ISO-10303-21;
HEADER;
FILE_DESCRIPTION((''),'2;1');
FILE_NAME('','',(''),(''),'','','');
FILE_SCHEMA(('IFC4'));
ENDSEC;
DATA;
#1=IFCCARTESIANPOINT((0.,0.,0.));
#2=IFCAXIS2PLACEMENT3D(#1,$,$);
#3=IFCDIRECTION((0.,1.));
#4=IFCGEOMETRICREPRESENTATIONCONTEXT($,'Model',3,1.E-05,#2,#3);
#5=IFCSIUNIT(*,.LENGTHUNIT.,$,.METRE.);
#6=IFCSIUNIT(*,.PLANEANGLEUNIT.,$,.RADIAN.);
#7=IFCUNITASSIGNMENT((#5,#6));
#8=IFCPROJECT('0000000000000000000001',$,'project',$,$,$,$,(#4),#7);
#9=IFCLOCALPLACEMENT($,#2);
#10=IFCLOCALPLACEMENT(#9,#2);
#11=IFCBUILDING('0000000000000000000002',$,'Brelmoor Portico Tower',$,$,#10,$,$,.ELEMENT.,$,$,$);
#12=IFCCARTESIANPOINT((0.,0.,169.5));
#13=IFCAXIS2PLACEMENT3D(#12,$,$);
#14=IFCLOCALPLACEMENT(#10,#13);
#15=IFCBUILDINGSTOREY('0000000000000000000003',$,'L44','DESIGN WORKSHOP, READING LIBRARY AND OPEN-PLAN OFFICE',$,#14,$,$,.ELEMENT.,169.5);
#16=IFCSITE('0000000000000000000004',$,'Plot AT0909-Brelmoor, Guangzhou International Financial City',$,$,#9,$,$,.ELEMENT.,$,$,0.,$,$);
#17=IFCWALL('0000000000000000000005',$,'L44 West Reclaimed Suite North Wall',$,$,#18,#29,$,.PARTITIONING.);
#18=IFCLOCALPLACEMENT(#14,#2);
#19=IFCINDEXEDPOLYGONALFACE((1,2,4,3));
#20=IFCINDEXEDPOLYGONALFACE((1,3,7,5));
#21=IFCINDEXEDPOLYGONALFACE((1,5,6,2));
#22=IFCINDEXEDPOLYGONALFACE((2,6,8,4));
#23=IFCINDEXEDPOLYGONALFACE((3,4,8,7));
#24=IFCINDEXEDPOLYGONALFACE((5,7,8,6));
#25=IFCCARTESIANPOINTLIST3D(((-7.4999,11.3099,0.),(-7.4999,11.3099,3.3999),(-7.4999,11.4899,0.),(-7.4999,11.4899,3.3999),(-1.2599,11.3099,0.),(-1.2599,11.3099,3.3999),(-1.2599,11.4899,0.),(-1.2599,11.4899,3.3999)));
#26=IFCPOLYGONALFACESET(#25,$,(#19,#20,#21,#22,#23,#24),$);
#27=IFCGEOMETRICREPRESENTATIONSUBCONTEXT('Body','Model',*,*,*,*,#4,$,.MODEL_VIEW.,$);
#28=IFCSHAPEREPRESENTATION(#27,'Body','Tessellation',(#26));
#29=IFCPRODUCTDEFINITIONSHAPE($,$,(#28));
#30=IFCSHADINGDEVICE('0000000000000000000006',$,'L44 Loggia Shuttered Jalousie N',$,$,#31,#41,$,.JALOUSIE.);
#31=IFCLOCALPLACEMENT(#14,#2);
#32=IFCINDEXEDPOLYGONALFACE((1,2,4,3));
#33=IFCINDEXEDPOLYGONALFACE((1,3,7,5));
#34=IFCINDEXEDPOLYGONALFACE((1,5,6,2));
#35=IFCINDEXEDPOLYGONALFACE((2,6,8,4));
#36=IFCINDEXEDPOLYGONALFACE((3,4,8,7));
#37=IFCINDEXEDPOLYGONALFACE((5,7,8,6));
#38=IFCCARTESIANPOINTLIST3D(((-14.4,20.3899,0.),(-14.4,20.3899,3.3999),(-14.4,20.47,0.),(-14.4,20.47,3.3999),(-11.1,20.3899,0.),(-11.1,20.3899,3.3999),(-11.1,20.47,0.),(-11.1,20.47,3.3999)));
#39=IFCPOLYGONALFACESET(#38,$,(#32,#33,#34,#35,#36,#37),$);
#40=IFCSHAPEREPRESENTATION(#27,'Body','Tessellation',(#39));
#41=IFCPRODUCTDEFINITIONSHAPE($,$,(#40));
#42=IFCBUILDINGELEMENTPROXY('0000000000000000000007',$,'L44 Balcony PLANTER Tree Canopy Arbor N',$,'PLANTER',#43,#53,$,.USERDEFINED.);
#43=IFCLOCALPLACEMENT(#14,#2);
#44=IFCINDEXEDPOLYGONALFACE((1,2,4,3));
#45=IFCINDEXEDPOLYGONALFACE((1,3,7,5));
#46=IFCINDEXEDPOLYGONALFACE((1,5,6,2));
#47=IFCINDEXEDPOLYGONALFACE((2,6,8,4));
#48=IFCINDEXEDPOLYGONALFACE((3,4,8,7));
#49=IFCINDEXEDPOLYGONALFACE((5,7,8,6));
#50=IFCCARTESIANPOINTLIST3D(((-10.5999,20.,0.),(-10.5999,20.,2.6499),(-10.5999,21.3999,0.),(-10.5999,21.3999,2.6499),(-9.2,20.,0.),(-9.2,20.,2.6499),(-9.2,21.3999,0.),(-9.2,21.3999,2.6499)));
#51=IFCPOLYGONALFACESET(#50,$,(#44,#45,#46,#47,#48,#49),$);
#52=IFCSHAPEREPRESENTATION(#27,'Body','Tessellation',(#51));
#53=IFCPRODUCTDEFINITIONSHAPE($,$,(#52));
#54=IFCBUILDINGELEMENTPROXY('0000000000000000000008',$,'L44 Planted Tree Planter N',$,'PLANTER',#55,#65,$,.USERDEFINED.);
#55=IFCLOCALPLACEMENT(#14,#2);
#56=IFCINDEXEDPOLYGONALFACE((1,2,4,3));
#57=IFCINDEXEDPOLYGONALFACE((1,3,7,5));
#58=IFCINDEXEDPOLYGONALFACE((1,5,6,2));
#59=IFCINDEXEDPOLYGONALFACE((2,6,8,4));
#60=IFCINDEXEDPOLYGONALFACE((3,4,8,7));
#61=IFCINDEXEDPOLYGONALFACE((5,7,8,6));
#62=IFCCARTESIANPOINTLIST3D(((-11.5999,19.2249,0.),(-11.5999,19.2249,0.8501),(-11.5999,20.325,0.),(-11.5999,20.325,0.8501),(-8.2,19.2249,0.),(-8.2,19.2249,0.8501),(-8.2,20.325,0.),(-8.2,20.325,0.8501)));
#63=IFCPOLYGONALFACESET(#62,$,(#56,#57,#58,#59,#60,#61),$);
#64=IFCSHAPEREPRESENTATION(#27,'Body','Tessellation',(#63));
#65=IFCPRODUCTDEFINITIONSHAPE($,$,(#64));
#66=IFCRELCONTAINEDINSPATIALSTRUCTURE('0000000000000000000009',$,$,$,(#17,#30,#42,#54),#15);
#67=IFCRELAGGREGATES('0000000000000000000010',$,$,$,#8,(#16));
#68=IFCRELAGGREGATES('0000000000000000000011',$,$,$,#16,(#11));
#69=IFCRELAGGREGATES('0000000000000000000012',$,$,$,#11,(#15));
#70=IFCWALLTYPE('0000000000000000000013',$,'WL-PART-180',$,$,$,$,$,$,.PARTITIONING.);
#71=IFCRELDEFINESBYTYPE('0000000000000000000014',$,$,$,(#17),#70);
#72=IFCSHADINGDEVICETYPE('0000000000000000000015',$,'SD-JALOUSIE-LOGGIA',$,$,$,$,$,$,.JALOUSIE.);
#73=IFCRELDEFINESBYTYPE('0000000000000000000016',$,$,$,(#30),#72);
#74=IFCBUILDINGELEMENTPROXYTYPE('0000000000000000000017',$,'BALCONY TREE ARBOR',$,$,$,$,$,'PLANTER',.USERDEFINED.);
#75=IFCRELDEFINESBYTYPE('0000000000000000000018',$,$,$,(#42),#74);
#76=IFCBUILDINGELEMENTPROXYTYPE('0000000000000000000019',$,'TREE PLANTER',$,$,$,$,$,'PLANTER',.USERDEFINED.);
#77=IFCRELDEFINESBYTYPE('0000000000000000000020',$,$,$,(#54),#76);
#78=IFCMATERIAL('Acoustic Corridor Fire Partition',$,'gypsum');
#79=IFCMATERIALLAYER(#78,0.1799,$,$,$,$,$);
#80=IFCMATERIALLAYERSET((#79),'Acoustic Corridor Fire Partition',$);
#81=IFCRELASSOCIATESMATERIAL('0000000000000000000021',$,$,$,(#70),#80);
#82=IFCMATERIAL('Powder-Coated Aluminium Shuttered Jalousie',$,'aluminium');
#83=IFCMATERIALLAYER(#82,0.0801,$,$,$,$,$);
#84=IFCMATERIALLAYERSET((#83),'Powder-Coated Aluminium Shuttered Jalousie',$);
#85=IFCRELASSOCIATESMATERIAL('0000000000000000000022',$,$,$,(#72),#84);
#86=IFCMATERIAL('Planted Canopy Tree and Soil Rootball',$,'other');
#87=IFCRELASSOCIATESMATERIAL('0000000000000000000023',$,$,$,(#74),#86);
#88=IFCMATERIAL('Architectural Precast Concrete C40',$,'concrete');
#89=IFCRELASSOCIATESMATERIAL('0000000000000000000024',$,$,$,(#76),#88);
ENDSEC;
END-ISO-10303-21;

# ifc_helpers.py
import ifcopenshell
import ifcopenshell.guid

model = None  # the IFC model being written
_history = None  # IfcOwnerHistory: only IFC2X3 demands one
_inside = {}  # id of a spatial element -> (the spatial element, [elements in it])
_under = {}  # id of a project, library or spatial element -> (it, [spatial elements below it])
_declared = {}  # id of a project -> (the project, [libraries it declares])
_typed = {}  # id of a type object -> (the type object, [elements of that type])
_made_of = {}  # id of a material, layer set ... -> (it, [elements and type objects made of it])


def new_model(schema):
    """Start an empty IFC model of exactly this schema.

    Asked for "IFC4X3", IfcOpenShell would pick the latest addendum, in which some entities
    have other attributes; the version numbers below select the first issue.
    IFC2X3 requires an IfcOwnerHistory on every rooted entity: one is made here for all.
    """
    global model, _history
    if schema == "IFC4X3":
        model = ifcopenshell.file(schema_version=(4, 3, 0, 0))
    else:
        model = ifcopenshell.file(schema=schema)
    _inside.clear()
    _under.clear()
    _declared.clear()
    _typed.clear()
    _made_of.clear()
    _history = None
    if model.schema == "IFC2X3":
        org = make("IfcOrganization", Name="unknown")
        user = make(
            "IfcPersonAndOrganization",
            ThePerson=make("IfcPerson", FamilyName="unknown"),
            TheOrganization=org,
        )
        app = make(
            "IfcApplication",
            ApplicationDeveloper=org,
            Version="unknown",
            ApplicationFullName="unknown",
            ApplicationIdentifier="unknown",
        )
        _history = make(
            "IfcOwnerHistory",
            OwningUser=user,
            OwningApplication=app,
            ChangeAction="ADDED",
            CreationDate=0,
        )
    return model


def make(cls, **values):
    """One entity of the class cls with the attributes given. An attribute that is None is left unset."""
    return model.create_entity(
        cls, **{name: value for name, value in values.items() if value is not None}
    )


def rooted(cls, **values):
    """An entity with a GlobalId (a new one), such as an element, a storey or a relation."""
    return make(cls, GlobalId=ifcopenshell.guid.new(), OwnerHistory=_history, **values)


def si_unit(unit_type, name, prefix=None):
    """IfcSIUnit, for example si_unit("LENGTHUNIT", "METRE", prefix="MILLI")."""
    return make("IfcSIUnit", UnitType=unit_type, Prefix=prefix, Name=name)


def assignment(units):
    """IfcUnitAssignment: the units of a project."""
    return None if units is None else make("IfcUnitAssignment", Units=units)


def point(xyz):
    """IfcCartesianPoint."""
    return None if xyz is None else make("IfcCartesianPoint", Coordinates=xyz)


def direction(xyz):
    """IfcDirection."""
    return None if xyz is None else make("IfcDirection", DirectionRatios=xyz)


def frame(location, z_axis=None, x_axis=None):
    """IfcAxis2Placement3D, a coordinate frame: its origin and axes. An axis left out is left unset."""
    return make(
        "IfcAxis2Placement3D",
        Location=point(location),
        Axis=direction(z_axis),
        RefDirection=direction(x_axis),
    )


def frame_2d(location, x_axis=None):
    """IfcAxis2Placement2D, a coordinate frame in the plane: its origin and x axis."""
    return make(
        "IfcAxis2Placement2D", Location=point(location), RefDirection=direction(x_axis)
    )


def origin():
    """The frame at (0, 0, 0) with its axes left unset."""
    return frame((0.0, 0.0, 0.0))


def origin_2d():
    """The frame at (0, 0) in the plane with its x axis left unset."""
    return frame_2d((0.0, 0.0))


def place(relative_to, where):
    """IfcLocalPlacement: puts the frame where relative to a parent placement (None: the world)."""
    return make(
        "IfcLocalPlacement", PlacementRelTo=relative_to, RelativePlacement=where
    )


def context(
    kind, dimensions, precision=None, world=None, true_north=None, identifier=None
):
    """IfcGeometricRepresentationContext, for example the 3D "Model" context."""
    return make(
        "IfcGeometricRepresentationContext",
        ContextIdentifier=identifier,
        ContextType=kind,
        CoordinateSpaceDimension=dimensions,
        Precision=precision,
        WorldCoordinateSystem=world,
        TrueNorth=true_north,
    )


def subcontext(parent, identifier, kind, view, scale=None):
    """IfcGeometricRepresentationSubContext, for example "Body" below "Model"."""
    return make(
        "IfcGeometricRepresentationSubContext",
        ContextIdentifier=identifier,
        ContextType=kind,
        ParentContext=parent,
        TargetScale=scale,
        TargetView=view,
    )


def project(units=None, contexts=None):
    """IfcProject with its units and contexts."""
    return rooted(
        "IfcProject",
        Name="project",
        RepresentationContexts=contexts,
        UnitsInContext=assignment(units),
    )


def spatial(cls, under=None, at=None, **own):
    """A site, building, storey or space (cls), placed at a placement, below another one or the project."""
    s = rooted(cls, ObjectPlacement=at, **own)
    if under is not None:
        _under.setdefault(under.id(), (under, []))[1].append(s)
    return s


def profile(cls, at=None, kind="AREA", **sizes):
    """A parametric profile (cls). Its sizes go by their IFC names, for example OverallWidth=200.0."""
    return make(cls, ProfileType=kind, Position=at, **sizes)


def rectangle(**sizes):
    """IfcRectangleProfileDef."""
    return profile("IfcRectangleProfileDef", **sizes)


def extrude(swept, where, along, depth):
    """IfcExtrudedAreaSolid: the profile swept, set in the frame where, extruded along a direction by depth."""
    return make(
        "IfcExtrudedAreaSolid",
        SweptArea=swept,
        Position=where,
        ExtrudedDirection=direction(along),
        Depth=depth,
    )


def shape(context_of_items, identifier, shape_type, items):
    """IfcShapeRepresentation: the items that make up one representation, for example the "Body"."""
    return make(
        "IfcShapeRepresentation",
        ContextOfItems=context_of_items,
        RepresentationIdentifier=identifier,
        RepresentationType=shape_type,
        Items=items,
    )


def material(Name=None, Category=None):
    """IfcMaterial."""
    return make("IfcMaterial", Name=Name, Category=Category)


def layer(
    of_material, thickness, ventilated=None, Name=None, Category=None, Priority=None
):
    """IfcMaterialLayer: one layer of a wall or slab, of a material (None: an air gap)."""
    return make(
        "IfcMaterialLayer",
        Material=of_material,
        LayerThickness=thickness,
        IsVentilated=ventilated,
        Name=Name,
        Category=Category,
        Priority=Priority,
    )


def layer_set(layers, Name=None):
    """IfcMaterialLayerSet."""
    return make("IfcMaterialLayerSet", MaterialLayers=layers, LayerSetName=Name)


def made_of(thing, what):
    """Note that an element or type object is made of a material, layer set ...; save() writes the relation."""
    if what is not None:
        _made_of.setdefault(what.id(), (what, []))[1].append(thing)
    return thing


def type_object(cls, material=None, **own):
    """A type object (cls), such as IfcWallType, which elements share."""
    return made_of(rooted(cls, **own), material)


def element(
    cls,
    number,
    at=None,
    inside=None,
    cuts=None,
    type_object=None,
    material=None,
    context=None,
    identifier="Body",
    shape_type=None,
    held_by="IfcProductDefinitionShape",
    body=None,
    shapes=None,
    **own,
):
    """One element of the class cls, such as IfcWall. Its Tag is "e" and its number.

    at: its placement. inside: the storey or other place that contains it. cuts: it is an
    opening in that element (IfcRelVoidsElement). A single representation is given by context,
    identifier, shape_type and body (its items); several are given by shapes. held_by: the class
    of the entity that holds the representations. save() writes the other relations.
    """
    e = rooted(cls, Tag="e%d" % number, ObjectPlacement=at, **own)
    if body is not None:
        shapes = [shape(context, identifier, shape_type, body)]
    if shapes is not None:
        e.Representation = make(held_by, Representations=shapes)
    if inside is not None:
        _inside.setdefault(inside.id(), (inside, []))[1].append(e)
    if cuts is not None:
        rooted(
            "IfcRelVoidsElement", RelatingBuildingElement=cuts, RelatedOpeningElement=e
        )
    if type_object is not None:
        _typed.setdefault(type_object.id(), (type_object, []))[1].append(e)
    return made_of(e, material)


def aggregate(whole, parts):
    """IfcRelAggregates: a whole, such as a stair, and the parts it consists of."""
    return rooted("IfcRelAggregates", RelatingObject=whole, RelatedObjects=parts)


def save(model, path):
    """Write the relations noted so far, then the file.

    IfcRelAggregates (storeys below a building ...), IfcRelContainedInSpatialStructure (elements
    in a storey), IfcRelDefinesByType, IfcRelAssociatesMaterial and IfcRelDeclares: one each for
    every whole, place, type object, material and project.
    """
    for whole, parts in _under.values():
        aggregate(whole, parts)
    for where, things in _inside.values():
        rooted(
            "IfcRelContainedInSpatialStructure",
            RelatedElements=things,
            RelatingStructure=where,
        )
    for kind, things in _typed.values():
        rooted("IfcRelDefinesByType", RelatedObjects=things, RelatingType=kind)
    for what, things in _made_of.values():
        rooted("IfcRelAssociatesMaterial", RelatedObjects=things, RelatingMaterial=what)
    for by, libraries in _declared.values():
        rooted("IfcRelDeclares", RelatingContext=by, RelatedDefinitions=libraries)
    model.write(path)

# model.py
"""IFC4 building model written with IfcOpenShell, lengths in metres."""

from ifc_helpers import new_model, si_unit, direction, frame, frame_2d, origin, origin_2d, place, context, subcontext, project, spatial, rectangle, extrude, material, layer, layer_set, type_object, element, save


model = new_model("IFC4")

# Units and contexts
model_context = context("Model", 3, precision=1e-05, world=origin(), true_north=direction((0.0, 1.0)))
body_context = subcontext(model_context, "Body", "Model", "MODEL_VIEW")
ifc_project = project(units=[si_unit("LENGTHUNIT", "METRE"), si_unit("PLANEANGLEUNIT", "RADIAN")], contexts=[model_context])

# Site, building, storey
site_placement = place(None, origin())
site = spatial("IfcSite", under=ifc_project, at=site_placement, Name="Plot AT0909-Brelmoor, Guangzhou International Financial City", CompositionType="ELEMENT", RefElevation=0.0)
building_placement = place(site_placement, origin())
building = spatial("IfcBuilding", under=site, at=building_placement, Name="Brelmoor Portico Tower", CompositionType="ELEMENT")
storey_placement = place(building_placement, frame((0.0, 0.0, 169.5)))
storey = spatial("IfcBuildingStorey", under=building, at=storey_placement, Name="L44", Description="DESIGN WORKSHOP, READING LIBRARY AND OPEN-PLAN OFFICE", CompositionType="ELEMENT", Elevation=169.5)

# Wall
ifc_material_1 = material(Name="Acoustic Corridor Fire Partition", Category="gypsum")
ifc_layer_1 = layer(ifc_material_1, 0.1799)
ifc_layer_set_1 = layer_set([ifc_layer_1], Name="Acoustic Corridor Fire Partition")
wall_type_1 = type_object("IfcWallType", Name="WL-PART-180", PredefinedType="PARTITIONING", material=ifc_layer_set_1)
wall_1_placement = place(storey_placement, frame((-7.5, 11.3999, 0.0), z_axis=(0.0, 0.0, 1.0), x_axis=(1.0, 0.0, 0.0)))
element("IfcWall", 1, at=wall_1_placement, inside=storey, type_object=wall_type_1, Name="L44 West Reclaimed Suite North Wall", PredefinedType="PARTITIONING", context=body_context, shape_type="SweptSolid", body=[
    extrude(rectangle(XDim=6.24, YDim=0.1799, at=frame_2d((3.1201, 0.0))), origin(), (0.0, 0.0, 1.0), 3.3999),
])

# Shading device
ifc_material_2 = material(Name="Powder-Coated Aluminium Shuttered Jalousie", Category="aluminium")
ifc_layer_2 = layer(ifc_material_2, 0.0801)
ifc_layer_set_2 = layer_set([ifc_layer_2], Name="Powder-Coated Aluminium Shuttered Jalousie")
shading_device_type = type_object("IfcShadingDeviceType", Name="SD-JALOUSIE-LOGGIA", PredefinedType="JALOUSIE", material=ifc_layer_set_2)
shading_device_placement = place(storey_placement, frame((-12.75, 20.4299, 0.0), z_axis=(0.0, 0.0, 1.0), x_axis=(1.0, 0.0, 0.0)))
element("IfcShadingDevice", 2, at=shading_device_placement, inside=storey, type_object=shading_device_type, Name="L44 Loggia Shuttered Jalousie N", PredefinedType="JALOUSIE", context=body_context, shape_type="SweptSolid", body=[
    extrude(rectangle(XDim=3.3, YDim=0.0801, at=origin_2d()), origin(), (0.0, 0.0, 1.0), 3.3999),
])

# Building element proxies
ifc_material_3 = material(Name="Planted Canopy Tree and Soil Rootball", Category="other")
building_element_proxy_type_1 = type_object("IfcBuildingElementProxyType", Name="BALCONY TREE ARBOR", ElementType="PLANTER", PredefinedType="USERDEFINED", material=ifc_material_3)
proxy_1_placement = place(storey_placement, frame((-9.8999, 20.7, 0.0), z_axis=(0.0, 0.0, 1.0), x_axis=(1.0, 0.0, 0.0)))
element("IfcBuildingElementProxy", 3, at=proxy_1_placement, inside=storey, type_object=building_element_proxy_type_1, Name="L44 Balcony PLANTER Tree Canopy Arbor N", ObjectType="PLANTER", PredefinedType="USERDEFINED", context=body_context, shape_type="SweptSolid", body=[
    extrude(rectangle(XDim=1.3999, YDim=1.3999, at=origin_2d()), origin(), (0.0, 0.0, 1.0), 2.6499),
])
ifc_material_4 = material(Name="Architectural Precast Concrete C40", Category="concrete")
building_element_proxy_type_2 = type_object("IfcBuildingElementProxyType", Name="TREE PLANTER", ElementType="PLANTER", PredefinedType="USERDEFINED", material=ifc_material_4)
proxy_2_placement = place(storey_placement, frame((-9.8999, 19.7749, 0.0), z_axis=(0.0, 0.0, 1.0), x_axis=(1.0, 0.0, 0.0)))
element("IfcBuildingElementProxy", 4, at=proxy_2_placement, inside=storey, type_object=building_element_proxy_type_2, Name="L44 Planted Tree Planter N", ObjectType="PLANTER", PredefinedType="USERDEFINED", context=body_context, shape_type="SweptSolid", body=[
    extrude(rectangle(XDim=3.3999, YDim=1.1001, at=origin_2d()), origin(), (0.0, 0.0, 1.0), 0.8501),
])

save(model, "model.ifc")
